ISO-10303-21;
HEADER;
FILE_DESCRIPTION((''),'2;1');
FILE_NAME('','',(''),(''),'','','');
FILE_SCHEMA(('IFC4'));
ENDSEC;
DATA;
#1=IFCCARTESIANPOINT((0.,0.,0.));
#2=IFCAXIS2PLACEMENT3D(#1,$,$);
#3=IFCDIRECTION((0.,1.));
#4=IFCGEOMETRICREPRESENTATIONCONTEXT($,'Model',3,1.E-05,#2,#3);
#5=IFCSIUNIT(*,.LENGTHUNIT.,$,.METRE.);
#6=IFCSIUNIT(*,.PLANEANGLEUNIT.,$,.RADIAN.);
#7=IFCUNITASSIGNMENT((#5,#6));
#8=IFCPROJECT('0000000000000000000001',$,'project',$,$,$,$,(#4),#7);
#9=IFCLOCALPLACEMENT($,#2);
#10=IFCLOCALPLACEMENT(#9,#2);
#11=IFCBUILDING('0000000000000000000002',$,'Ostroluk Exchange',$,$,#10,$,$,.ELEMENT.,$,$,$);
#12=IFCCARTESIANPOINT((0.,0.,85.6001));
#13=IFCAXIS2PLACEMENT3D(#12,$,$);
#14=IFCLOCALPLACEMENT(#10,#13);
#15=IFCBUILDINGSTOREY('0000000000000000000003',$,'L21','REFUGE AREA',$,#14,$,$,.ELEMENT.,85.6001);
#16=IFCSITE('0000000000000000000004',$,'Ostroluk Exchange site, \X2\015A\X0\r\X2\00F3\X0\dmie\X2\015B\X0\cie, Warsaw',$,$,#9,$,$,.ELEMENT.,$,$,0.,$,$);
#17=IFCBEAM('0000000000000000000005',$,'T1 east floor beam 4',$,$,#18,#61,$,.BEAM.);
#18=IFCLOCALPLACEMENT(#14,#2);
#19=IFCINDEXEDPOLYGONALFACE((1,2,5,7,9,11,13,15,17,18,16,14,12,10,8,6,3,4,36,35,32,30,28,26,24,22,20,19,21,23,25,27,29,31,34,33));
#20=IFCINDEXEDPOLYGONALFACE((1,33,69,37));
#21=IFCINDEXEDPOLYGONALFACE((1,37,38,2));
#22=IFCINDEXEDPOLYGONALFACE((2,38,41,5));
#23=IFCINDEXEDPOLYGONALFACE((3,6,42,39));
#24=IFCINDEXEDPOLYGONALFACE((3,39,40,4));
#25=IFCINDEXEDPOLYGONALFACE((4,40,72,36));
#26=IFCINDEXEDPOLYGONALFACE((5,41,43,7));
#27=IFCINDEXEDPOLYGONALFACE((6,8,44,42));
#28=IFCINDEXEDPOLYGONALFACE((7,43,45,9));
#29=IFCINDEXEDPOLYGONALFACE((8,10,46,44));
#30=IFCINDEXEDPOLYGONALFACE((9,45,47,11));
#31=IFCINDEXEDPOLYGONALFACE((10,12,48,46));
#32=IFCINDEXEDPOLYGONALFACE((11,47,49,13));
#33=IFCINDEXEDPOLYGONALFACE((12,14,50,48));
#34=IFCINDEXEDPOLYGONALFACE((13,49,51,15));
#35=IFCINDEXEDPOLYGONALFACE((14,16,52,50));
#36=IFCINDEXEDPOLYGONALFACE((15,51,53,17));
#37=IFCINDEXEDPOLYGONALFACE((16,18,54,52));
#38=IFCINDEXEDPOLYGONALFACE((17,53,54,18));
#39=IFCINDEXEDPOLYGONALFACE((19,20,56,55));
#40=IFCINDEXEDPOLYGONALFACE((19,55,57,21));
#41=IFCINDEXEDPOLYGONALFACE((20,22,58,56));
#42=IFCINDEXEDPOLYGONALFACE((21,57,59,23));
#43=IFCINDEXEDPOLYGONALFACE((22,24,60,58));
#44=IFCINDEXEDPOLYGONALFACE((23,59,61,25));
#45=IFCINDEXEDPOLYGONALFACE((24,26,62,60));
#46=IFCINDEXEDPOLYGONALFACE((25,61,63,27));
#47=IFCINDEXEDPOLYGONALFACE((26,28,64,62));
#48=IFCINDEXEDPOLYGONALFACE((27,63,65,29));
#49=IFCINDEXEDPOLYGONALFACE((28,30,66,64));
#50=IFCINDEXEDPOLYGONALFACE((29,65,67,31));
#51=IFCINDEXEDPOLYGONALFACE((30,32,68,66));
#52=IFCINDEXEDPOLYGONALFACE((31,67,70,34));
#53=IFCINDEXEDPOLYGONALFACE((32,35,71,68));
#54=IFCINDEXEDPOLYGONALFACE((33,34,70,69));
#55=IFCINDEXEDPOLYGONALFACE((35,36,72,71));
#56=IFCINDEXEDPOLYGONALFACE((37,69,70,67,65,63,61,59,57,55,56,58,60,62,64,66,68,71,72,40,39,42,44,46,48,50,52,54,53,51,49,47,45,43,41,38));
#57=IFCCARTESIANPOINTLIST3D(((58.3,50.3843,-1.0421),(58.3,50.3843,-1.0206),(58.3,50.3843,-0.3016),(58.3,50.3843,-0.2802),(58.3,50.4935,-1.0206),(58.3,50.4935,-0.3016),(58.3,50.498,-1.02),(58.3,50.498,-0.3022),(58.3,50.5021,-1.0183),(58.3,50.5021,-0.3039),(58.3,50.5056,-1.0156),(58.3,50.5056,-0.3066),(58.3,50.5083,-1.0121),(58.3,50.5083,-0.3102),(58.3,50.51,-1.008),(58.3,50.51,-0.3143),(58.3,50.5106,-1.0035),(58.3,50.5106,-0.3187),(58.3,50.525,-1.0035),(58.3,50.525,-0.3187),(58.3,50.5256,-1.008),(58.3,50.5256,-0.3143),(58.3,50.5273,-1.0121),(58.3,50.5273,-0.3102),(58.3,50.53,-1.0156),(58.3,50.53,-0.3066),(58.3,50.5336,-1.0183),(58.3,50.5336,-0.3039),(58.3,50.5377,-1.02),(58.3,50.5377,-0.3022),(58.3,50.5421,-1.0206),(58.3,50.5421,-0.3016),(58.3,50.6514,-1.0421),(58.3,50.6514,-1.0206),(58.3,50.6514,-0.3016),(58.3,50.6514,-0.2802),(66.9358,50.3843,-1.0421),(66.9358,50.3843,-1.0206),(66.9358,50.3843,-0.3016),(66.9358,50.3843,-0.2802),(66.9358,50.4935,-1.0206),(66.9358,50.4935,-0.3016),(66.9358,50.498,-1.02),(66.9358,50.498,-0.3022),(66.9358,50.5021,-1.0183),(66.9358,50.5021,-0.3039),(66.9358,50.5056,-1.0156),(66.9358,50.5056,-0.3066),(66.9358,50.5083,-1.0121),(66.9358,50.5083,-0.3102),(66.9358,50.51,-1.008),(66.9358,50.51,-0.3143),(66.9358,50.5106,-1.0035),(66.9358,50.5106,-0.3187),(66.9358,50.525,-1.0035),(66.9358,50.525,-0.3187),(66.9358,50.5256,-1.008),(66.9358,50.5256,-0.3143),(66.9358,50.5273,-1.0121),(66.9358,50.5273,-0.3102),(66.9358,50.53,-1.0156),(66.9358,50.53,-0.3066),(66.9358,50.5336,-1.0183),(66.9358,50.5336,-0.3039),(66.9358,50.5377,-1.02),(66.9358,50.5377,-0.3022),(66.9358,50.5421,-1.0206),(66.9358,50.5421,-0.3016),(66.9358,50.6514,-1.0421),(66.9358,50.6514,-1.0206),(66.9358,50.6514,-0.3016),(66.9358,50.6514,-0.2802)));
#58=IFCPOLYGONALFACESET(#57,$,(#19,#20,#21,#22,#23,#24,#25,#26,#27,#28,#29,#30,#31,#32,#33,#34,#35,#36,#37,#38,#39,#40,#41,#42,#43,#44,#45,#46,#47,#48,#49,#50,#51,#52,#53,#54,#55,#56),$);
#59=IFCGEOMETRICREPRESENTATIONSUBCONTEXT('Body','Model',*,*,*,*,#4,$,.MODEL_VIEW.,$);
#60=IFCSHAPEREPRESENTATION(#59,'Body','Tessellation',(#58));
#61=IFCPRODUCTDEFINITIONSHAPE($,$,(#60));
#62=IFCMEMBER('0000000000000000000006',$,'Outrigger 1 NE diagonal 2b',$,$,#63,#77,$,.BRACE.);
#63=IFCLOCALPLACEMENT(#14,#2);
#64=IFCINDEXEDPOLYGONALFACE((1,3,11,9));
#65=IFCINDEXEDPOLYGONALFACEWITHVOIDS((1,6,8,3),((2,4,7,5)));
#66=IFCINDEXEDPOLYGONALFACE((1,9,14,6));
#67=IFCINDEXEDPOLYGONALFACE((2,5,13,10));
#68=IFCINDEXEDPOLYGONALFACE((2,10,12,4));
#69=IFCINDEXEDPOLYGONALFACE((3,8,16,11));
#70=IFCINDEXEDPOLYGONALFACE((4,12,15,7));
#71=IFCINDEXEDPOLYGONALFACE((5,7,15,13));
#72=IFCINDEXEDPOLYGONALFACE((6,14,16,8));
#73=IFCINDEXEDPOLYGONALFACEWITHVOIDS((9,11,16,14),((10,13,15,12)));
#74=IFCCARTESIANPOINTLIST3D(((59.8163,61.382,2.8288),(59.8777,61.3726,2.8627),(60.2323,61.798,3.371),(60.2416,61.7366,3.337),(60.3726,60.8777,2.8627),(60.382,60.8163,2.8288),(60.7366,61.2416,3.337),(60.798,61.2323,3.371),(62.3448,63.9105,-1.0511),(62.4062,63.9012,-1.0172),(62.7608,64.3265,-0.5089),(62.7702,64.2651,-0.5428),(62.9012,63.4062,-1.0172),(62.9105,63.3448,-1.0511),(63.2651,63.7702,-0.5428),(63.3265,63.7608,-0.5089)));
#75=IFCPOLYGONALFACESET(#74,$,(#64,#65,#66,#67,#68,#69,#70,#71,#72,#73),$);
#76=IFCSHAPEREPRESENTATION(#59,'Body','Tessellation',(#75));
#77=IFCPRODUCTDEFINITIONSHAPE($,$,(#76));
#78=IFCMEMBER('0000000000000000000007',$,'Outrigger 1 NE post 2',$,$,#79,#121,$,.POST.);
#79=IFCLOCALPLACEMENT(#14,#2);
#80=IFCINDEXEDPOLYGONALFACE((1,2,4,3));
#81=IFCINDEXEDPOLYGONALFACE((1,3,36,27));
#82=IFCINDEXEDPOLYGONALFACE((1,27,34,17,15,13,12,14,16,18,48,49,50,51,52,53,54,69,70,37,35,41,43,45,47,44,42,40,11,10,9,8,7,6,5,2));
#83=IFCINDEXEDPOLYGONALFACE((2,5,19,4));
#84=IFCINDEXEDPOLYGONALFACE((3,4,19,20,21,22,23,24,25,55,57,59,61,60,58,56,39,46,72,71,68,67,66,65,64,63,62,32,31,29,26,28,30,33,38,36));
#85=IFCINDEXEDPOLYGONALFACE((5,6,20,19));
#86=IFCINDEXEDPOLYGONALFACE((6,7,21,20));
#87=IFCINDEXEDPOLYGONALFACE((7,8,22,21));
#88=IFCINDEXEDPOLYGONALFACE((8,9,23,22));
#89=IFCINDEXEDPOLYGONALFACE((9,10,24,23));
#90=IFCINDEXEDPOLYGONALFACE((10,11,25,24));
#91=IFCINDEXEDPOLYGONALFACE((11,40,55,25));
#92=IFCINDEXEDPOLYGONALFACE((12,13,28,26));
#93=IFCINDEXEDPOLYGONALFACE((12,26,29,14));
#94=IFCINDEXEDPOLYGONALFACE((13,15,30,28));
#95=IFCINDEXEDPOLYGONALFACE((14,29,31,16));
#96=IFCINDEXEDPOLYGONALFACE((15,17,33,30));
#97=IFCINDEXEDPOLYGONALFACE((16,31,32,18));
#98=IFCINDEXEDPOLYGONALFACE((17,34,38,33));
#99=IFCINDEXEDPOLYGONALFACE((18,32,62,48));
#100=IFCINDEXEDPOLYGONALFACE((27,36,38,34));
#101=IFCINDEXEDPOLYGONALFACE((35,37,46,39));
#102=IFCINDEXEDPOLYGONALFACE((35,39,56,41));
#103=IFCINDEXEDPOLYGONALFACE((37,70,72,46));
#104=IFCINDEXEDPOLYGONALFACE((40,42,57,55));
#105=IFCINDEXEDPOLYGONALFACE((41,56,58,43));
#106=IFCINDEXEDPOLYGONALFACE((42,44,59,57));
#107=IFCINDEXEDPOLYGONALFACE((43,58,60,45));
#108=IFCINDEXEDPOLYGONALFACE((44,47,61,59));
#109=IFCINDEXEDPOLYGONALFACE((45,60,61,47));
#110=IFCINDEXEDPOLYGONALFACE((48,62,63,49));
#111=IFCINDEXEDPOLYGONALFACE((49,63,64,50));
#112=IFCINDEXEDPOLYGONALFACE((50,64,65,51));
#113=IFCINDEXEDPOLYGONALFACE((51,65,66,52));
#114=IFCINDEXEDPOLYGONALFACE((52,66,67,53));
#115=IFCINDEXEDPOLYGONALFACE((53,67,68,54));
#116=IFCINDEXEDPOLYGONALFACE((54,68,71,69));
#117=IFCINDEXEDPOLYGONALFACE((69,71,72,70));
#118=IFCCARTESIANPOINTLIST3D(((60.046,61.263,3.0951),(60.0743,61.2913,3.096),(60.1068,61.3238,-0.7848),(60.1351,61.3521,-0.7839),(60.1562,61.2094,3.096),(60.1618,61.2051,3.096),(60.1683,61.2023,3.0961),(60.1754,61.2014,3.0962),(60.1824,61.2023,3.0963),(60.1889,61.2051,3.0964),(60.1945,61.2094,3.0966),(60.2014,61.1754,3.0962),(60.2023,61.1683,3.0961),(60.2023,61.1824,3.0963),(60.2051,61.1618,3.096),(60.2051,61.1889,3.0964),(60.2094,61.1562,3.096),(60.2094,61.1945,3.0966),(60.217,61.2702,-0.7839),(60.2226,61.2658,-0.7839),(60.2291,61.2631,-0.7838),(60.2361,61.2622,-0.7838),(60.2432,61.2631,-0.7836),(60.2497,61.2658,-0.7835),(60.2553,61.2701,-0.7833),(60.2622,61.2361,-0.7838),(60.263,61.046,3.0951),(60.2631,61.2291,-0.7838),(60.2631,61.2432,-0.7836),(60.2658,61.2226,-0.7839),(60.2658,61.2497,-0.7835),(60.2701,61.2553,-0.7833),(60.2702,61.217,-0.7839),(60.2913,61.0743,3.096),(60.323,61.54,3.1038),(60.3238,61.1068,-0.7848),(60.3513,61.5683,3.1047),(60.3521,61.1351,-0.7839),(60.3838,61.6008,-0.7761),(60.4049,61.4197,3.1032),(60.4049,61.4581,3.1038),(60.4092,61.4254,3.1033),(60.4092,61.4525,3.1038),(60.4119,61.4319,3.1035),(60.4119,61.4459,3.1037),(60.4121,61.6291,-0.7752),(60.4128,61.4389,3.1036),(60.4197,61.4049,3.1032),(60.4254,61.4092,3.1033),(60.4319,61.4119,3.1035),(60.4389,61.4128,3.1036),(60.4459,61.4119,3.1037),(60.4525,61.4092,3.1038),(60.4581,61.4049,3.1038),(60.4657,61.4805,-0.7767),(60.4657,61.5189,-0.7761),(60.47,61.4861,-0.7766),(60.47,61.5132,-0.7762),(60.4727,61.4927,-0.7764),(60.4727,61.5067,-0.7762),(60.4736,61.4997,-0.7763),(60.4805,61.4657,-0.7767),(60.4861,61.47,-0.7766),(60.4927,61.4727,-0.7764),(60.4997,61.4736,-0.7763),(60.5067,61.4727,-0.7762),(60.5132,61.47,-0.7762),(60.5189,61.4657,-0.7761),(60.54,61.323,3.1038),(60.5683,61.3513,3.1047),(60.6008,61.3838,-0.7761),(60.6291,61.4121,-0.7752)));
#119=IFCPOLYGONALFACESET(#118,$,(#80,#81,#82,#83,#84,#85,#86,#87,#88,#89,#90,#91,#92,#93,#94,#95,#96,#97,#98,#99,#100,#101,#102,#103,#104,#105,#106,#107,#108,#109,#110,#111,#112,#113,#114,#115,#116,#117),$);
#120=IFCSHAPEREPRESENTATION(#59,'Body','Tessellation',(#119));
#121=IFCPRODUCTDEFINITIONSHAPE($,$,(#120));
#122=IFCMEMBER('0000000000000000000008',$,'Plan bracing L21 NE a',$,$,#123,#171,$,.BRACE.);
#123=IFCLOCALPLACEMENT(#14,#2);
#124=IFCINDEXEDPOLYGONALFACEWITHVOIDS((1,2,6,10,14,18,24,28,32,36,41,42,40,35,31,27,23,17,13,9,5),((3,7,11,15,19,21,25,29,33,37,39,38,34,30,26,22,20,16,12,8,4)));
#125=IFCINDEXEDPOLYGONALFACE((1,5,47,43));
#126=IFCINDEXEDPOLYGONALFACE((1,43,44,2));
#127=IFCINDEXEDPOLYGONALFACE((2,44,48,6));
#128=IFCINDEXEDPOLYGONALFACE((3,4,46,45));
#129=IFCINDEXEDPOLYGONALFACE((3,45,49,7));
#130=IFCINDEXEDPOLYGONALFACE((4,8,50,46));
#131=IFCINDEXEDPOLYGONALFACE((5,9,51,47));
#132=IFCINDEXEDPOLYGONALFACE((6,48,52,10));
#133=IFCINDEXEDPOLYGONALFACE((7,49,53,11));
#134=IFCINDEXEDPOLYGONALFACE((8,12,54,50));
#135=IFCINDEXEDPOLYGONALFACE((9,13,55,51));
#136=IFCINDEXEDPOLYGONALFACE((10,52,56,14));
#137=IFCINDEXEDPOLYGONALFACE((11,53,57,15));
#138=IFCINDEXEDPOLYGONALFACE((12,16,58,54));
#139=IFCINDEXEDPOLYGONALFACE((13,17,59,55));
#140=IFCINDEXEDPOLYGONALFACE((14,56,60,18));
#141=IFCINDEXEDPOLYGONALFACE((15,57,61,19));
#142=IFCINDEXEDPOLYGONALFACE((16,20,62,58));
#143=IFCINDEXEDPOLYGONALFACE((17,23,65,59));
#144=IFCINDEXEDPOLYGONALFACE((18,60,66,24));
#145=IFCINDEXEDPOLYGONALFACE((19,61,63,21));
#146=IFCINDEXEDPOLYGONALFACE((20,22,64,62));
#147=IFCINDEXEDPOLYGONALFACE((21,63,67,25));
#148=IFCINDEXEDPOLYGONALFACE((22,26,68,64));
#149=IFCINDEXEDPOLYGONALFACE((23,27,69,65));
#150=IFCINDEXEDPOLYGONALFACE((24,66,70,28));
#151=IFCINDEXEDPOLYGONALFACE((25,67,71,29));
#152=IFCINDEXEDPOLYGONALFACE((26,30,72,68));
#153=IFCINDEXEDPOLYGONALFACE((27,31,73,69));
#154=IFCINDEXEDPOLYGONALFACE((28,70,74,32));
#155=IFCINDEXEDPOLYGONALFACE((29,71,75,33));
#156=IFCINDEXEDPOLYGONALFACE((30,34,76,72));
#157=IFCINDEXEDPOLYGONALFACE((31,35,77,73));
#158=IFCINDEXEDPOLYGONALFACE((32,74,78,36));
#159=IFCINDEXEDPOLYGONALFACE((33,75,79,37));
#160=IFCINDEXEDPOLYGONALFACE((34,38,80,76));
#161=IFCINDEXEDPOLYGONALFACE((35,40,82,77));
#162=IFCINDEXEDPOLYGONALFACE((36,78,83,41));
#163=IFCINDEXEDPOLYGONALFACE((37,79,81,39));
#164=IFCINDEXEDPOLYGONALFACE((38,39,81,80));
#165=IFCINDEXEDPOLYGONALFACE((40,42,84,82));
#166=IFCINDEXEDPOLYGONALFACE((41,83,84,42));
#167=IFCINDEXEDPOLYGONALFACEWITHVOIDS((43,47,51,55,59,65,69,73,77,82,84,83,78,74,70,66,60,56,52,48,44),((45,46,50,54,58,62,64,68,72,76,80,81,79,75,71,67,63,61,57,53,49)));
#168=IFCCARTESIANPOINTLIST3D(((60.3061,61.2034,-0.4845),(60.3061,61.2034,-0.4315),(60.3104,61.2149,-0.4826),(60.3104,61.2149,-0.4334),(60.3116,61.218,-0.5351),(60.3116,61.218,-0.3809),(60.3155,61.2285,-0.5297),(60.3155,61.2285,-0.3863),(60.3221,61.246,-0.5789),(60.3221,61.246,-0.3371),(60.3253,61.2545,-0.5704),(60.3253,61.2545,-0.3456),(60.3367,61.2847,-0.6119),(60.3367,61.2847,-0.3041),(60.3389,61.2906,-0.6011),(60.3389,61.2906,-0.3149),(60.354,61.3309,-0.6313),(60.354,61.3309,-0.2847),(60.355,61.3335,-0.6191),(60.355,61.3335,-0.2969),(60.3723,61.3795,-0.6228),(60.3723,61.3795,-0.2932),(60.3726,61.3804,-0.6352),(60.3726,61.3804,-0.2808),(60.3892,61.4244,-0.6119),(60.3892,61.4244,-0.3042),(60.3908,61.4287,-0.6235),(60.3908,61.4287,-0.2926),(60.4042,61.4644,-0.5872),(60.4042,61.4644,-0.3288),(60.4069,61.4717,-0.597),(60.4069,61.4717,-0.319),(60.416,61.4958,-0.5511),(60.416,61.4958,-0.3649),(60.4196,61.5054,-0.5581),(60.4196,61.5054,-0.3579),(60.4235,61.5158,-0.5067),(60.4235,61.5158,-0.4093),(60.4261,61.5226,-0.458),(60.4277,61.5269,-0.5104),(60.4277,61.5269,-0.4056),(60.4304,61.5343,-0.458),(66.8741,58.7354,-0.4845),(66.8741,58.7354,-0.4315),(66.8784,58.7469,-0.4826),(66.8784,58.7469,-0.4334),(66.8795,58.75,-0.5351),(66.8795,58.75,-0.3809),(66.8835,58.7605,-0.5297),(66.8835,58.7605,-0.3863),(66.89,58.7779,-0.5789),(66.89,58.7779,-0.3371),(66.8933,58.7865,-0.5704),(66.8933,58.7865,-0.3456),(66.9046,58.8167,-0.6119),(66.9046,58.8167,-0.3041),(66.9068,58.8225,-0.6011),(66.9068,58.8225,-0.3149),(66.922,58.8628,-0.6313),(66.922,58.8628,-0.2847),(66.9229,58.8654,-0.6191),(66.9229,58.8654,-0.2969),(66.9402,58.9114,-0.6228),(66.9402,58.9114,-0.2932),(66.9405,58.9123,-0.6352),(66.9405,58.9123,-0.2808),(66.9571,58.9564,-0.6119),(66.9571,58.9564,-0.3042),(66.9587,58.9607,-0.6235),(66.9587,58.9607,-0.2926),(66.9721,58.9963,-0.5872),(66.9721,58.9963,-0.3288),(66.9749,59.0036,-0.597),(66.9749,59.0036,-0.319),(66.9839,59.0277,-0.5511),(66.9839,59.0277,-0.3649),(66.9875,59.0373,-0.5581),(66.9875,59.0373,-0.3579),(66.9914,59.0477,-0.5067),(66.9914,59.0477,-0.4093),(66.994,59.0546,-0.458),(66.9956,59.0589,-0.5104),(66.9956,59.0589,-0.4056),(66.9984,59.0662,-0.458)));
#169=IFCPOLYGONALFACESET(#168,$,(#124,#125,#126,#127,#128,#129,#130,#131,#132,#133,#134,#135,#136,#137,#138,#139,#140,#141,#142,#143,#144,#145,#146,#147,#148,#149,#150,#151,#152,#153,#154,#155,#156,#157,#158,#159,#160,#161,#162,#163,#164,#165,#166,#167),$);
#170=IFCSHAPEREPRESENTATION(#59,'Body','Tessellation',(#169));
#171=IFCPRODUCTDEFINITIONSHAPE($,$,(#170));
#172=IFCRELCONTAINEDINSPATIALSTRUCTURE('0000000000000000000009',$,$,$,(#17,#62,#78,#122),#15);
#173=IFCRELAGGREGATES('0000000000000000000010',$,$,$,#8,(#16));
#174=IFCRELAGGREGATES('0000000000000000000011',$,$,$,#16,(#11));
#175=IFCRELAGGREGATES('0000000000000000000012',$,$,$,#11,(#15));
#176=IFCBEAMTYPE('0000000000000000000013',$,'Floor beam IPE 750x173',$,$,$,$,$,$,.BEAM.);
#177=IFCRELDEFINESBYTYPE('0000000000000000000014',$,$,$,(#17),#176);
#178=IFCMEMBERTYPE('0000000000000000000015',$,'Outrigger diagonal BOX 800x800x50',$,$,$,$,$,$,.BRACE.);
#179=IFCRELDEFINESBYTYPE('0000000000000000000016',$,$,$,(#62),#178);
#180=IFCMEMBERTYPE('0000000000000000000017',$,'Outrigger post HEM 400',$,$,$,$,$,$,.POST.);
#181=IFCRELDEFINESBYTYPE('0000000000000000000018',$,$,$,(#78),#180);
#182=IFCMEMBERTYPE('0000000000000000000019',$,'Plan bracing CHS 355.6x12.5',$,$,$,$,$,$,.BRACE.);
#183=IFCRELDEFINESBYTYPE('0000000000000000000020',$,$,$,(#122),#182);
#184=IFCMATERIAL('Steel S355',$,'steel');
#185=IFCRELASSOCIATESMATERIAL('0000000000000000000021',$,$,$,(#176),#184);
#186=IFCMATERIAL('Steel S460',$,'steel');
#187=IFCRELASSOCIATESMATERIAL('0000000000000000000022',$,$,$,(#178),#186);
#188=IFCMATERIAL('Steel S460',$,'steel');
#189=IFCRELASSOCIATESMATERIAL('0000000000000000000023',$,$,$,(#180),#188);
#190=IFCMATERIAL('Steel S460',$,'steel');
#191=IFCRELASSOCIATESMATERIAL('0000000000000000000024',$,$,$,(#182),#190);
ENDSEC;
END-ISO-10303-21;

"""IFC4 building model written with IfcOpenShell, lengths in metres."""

from ifc_helpers import new_model, si_unit, direction, frame, origin, origin_2d, place, context, subcontext, project, spatial, hollow_rectangle, hollow_circle, i_section, extrude, material, material_profile, profile_set, type_object, element, save


model = new_model("IFC4")

# Units and contexts
model_context = context("Model", 3, precision=1e-05, world=origin(), true_north=direction((0.0, 1.0)))
body_context = subcontext(model_context, "Body", "Model", "MODEL_VIEW")
ifc_project = project(units=[si_unit("LENGTHUNIT", "METRE"), si_unit("PLANEANGLEUNIT", "RADIAN")], contexts=[model_context])

# Site, building, storey
site_placement = place(None, origin())
site = spatial("IfcSite", under=ifc_project, at=site_placement, Name="Ostroluk Exchange site, Śródmieście, Warsaw", CompositionType="ELEMENT", RefElevation=0.0)
building_placement = place(site_placement, origin())
building = spatial("IfcBuilding", under=site, at=building_placement, Name="Ostroluk Exchange", CompositionType="ELEMENT")
storey_placement = place(building_placement, frame((0.0, 0.0, 85.6001)))
storey = spatial("IfcBuildingStorey", under=building, at=storey_placement, Name="L21", Description="REFUGE AREA", CompositionType="ELEMENT", Elevation=85.6001)

# Beam
ifc_material_1 = material(Name="Steel S355", Category="steel")
ifc_material_profile_1 = material_profile(ifc_material_1, i_section(OverallWidth=0.2671, OverallDepth=0.762, WebThickness=0.0144, FlangeThickness=0.0215, FilletRadius=0.0171, at=origin_2d()), Name="IPE 750x173")
ifc_profile_set_1 = profile_set([ifc_material_profile_1], Name="Steel S355")
beam_type_1 = type_object("IfcBeamType", Name="Floor beam IPE 750x173", PredefinedType="BEAM", material=ifc_profile_set_1)
for number, where, z_axis, x_axis, name in (
    (1, (58.3, 50.5178, -0.6611), (1.0, 0.0, 0.0), (0.0, 1.0, 0.0), "T1 east floor beam 4"),
):
    element("IfcBeam", number, at=place(storey_placement, frame(where, z_axis=z_axis, x_axis=x_axis)), inside=storey, type_object=beam_type_1, Name=name, PredefinedType="BEAM", context=body_context, shape_type="SweptSolid", body=[
        extrude(i_section(OverallWidth=0.2671, OverallDepth=0.762, WebThickness=0.0144, FlangeThickness=0.0215, FilletRadius=0.0171, at=origin_2d()), origin(), (0.0, 0.0, 1.0), 8.6357),
    ])

# Members
ifc_material_2 = material(Name="Steel S460", Category="steel")
ifc_material_profile_2 = material_profile(ifc_material_2, hollow_rectangle(XDim=0.8, YDim=0.8, WallThickness=0.05, at=origin_2d()), Name="BOX 800x800x50")
ifc_profile_set_2 = profile_set([ifc_material_profile_2], Name="Steel S460")
member_type_1 = type_object("IfcMemberType", Name="Outrigger diagonal BOX 800x800x50", PredefinedType="BRACE", material=ifc_profile_set_2)
member_1_placement = place(storey_placement, frame((60.3071, 61.3071, 3.0999), z_axis=(0.479218, 0.479218, -0.735323), x_axis=(-0.707107, 0.707107, 0.0)))
element("IfcMember", 2, at=member_1_placement, inside=storey, type_object=member_type_1, Name="Outrigger 1 NE diagonal 2b", PredefinedType="BRACE", context=body_context, shape_type="SweptSolid", body=[
    extrude(hollow_rectangle(XDim=0.8, YDim=0.8, WallThickness=0.05, at=origin_2d()), origin(), (0.0, 0.0, 1.0), 5.2764),
])
ifc_material_3 = material(Name="Steel S460", Category="steel")
ifc_material_profile_3 = material_profile(ifc_material_3, i_section(OverallWidth=0.3069, OverallDepth=0.4319, WebThickness=0.021, FlangeThickness=0.04, FilletRadius=0.0271, at=origin_2d()), Name="HEM 400")
ifc_profile_set_3 = profile_set([ifc_material_profile_3], Name="Steel S460")
member_type_2 = type_object("IfcMemberType", Name="Outrigger post HEM 400", PredefinedType="POST", material=ifc_profile_set_3)
member_2_placement = place(storey_placement, frame((60.3679, 61.3679, -0.78), z_axis=(-0.015664, -0.015664, 0.999755), x_axis=(0.707107, -0.707107, 0.0)))
element("IfcMember", 3, at=member_2_placement, inside=storey, type_object=member_type_2, Name="Outrigger 1 NE post 2", PredefinedType="POST", context=body_context, shape_type="SweptSolid", body=[
    extrude(i_section(OverallWidth=0.3069, OverallDepth=0.4319, WebThickness=0.021, FlangeThickness=0.04, FilletRadius=0.0271, at=origin_2d()), origin(), (0.0, 0.0, 1.0), 3.8809),
])
ifc_material_4 = material(Name="Steel S460", Category="steel")
ifc_material_profile_4 = material_profile(ifc_material_4, hollow_circle(Radius=0.1777, WallThickness=0.0125, at=origin_2d()), Name="CHS 355.6x12.5")
ifc_profile_set_4 = profile_set([ifc_material_profile_4], Name="Steel S460")
member_type_3 = type_object("IfcMemberType", Name="Plan bracing CHS 355.6x12.5", PredefinedType="BRACE", material=ifc_profile_set_4)
for number, where, z_axis, x_axis, name in (
    (4, (60.3679, 61.3679, -0.458), (0.936092, -0.351756, 0.0), (0.351756, 0.936092, 0.0), "Plan bracing L21 NE a"),
):
    element("IfcMember", number, at=place(storey_placement, frame(where, z_axis=z_axis, x_axis=x_axis)), inside=storey, type_object=member_type_3, Name=name, PredefinedType="BRACE", context=body_context, shape_type="SweptSolid", body=[
        extrude(hollow_circle(Radius=0.1777, WallThickness=0.0125, at=origin_2d()), origin(), (0.0, 0.0, 1.0), 7.0164),
    ])

save(model, "model.ifc")
